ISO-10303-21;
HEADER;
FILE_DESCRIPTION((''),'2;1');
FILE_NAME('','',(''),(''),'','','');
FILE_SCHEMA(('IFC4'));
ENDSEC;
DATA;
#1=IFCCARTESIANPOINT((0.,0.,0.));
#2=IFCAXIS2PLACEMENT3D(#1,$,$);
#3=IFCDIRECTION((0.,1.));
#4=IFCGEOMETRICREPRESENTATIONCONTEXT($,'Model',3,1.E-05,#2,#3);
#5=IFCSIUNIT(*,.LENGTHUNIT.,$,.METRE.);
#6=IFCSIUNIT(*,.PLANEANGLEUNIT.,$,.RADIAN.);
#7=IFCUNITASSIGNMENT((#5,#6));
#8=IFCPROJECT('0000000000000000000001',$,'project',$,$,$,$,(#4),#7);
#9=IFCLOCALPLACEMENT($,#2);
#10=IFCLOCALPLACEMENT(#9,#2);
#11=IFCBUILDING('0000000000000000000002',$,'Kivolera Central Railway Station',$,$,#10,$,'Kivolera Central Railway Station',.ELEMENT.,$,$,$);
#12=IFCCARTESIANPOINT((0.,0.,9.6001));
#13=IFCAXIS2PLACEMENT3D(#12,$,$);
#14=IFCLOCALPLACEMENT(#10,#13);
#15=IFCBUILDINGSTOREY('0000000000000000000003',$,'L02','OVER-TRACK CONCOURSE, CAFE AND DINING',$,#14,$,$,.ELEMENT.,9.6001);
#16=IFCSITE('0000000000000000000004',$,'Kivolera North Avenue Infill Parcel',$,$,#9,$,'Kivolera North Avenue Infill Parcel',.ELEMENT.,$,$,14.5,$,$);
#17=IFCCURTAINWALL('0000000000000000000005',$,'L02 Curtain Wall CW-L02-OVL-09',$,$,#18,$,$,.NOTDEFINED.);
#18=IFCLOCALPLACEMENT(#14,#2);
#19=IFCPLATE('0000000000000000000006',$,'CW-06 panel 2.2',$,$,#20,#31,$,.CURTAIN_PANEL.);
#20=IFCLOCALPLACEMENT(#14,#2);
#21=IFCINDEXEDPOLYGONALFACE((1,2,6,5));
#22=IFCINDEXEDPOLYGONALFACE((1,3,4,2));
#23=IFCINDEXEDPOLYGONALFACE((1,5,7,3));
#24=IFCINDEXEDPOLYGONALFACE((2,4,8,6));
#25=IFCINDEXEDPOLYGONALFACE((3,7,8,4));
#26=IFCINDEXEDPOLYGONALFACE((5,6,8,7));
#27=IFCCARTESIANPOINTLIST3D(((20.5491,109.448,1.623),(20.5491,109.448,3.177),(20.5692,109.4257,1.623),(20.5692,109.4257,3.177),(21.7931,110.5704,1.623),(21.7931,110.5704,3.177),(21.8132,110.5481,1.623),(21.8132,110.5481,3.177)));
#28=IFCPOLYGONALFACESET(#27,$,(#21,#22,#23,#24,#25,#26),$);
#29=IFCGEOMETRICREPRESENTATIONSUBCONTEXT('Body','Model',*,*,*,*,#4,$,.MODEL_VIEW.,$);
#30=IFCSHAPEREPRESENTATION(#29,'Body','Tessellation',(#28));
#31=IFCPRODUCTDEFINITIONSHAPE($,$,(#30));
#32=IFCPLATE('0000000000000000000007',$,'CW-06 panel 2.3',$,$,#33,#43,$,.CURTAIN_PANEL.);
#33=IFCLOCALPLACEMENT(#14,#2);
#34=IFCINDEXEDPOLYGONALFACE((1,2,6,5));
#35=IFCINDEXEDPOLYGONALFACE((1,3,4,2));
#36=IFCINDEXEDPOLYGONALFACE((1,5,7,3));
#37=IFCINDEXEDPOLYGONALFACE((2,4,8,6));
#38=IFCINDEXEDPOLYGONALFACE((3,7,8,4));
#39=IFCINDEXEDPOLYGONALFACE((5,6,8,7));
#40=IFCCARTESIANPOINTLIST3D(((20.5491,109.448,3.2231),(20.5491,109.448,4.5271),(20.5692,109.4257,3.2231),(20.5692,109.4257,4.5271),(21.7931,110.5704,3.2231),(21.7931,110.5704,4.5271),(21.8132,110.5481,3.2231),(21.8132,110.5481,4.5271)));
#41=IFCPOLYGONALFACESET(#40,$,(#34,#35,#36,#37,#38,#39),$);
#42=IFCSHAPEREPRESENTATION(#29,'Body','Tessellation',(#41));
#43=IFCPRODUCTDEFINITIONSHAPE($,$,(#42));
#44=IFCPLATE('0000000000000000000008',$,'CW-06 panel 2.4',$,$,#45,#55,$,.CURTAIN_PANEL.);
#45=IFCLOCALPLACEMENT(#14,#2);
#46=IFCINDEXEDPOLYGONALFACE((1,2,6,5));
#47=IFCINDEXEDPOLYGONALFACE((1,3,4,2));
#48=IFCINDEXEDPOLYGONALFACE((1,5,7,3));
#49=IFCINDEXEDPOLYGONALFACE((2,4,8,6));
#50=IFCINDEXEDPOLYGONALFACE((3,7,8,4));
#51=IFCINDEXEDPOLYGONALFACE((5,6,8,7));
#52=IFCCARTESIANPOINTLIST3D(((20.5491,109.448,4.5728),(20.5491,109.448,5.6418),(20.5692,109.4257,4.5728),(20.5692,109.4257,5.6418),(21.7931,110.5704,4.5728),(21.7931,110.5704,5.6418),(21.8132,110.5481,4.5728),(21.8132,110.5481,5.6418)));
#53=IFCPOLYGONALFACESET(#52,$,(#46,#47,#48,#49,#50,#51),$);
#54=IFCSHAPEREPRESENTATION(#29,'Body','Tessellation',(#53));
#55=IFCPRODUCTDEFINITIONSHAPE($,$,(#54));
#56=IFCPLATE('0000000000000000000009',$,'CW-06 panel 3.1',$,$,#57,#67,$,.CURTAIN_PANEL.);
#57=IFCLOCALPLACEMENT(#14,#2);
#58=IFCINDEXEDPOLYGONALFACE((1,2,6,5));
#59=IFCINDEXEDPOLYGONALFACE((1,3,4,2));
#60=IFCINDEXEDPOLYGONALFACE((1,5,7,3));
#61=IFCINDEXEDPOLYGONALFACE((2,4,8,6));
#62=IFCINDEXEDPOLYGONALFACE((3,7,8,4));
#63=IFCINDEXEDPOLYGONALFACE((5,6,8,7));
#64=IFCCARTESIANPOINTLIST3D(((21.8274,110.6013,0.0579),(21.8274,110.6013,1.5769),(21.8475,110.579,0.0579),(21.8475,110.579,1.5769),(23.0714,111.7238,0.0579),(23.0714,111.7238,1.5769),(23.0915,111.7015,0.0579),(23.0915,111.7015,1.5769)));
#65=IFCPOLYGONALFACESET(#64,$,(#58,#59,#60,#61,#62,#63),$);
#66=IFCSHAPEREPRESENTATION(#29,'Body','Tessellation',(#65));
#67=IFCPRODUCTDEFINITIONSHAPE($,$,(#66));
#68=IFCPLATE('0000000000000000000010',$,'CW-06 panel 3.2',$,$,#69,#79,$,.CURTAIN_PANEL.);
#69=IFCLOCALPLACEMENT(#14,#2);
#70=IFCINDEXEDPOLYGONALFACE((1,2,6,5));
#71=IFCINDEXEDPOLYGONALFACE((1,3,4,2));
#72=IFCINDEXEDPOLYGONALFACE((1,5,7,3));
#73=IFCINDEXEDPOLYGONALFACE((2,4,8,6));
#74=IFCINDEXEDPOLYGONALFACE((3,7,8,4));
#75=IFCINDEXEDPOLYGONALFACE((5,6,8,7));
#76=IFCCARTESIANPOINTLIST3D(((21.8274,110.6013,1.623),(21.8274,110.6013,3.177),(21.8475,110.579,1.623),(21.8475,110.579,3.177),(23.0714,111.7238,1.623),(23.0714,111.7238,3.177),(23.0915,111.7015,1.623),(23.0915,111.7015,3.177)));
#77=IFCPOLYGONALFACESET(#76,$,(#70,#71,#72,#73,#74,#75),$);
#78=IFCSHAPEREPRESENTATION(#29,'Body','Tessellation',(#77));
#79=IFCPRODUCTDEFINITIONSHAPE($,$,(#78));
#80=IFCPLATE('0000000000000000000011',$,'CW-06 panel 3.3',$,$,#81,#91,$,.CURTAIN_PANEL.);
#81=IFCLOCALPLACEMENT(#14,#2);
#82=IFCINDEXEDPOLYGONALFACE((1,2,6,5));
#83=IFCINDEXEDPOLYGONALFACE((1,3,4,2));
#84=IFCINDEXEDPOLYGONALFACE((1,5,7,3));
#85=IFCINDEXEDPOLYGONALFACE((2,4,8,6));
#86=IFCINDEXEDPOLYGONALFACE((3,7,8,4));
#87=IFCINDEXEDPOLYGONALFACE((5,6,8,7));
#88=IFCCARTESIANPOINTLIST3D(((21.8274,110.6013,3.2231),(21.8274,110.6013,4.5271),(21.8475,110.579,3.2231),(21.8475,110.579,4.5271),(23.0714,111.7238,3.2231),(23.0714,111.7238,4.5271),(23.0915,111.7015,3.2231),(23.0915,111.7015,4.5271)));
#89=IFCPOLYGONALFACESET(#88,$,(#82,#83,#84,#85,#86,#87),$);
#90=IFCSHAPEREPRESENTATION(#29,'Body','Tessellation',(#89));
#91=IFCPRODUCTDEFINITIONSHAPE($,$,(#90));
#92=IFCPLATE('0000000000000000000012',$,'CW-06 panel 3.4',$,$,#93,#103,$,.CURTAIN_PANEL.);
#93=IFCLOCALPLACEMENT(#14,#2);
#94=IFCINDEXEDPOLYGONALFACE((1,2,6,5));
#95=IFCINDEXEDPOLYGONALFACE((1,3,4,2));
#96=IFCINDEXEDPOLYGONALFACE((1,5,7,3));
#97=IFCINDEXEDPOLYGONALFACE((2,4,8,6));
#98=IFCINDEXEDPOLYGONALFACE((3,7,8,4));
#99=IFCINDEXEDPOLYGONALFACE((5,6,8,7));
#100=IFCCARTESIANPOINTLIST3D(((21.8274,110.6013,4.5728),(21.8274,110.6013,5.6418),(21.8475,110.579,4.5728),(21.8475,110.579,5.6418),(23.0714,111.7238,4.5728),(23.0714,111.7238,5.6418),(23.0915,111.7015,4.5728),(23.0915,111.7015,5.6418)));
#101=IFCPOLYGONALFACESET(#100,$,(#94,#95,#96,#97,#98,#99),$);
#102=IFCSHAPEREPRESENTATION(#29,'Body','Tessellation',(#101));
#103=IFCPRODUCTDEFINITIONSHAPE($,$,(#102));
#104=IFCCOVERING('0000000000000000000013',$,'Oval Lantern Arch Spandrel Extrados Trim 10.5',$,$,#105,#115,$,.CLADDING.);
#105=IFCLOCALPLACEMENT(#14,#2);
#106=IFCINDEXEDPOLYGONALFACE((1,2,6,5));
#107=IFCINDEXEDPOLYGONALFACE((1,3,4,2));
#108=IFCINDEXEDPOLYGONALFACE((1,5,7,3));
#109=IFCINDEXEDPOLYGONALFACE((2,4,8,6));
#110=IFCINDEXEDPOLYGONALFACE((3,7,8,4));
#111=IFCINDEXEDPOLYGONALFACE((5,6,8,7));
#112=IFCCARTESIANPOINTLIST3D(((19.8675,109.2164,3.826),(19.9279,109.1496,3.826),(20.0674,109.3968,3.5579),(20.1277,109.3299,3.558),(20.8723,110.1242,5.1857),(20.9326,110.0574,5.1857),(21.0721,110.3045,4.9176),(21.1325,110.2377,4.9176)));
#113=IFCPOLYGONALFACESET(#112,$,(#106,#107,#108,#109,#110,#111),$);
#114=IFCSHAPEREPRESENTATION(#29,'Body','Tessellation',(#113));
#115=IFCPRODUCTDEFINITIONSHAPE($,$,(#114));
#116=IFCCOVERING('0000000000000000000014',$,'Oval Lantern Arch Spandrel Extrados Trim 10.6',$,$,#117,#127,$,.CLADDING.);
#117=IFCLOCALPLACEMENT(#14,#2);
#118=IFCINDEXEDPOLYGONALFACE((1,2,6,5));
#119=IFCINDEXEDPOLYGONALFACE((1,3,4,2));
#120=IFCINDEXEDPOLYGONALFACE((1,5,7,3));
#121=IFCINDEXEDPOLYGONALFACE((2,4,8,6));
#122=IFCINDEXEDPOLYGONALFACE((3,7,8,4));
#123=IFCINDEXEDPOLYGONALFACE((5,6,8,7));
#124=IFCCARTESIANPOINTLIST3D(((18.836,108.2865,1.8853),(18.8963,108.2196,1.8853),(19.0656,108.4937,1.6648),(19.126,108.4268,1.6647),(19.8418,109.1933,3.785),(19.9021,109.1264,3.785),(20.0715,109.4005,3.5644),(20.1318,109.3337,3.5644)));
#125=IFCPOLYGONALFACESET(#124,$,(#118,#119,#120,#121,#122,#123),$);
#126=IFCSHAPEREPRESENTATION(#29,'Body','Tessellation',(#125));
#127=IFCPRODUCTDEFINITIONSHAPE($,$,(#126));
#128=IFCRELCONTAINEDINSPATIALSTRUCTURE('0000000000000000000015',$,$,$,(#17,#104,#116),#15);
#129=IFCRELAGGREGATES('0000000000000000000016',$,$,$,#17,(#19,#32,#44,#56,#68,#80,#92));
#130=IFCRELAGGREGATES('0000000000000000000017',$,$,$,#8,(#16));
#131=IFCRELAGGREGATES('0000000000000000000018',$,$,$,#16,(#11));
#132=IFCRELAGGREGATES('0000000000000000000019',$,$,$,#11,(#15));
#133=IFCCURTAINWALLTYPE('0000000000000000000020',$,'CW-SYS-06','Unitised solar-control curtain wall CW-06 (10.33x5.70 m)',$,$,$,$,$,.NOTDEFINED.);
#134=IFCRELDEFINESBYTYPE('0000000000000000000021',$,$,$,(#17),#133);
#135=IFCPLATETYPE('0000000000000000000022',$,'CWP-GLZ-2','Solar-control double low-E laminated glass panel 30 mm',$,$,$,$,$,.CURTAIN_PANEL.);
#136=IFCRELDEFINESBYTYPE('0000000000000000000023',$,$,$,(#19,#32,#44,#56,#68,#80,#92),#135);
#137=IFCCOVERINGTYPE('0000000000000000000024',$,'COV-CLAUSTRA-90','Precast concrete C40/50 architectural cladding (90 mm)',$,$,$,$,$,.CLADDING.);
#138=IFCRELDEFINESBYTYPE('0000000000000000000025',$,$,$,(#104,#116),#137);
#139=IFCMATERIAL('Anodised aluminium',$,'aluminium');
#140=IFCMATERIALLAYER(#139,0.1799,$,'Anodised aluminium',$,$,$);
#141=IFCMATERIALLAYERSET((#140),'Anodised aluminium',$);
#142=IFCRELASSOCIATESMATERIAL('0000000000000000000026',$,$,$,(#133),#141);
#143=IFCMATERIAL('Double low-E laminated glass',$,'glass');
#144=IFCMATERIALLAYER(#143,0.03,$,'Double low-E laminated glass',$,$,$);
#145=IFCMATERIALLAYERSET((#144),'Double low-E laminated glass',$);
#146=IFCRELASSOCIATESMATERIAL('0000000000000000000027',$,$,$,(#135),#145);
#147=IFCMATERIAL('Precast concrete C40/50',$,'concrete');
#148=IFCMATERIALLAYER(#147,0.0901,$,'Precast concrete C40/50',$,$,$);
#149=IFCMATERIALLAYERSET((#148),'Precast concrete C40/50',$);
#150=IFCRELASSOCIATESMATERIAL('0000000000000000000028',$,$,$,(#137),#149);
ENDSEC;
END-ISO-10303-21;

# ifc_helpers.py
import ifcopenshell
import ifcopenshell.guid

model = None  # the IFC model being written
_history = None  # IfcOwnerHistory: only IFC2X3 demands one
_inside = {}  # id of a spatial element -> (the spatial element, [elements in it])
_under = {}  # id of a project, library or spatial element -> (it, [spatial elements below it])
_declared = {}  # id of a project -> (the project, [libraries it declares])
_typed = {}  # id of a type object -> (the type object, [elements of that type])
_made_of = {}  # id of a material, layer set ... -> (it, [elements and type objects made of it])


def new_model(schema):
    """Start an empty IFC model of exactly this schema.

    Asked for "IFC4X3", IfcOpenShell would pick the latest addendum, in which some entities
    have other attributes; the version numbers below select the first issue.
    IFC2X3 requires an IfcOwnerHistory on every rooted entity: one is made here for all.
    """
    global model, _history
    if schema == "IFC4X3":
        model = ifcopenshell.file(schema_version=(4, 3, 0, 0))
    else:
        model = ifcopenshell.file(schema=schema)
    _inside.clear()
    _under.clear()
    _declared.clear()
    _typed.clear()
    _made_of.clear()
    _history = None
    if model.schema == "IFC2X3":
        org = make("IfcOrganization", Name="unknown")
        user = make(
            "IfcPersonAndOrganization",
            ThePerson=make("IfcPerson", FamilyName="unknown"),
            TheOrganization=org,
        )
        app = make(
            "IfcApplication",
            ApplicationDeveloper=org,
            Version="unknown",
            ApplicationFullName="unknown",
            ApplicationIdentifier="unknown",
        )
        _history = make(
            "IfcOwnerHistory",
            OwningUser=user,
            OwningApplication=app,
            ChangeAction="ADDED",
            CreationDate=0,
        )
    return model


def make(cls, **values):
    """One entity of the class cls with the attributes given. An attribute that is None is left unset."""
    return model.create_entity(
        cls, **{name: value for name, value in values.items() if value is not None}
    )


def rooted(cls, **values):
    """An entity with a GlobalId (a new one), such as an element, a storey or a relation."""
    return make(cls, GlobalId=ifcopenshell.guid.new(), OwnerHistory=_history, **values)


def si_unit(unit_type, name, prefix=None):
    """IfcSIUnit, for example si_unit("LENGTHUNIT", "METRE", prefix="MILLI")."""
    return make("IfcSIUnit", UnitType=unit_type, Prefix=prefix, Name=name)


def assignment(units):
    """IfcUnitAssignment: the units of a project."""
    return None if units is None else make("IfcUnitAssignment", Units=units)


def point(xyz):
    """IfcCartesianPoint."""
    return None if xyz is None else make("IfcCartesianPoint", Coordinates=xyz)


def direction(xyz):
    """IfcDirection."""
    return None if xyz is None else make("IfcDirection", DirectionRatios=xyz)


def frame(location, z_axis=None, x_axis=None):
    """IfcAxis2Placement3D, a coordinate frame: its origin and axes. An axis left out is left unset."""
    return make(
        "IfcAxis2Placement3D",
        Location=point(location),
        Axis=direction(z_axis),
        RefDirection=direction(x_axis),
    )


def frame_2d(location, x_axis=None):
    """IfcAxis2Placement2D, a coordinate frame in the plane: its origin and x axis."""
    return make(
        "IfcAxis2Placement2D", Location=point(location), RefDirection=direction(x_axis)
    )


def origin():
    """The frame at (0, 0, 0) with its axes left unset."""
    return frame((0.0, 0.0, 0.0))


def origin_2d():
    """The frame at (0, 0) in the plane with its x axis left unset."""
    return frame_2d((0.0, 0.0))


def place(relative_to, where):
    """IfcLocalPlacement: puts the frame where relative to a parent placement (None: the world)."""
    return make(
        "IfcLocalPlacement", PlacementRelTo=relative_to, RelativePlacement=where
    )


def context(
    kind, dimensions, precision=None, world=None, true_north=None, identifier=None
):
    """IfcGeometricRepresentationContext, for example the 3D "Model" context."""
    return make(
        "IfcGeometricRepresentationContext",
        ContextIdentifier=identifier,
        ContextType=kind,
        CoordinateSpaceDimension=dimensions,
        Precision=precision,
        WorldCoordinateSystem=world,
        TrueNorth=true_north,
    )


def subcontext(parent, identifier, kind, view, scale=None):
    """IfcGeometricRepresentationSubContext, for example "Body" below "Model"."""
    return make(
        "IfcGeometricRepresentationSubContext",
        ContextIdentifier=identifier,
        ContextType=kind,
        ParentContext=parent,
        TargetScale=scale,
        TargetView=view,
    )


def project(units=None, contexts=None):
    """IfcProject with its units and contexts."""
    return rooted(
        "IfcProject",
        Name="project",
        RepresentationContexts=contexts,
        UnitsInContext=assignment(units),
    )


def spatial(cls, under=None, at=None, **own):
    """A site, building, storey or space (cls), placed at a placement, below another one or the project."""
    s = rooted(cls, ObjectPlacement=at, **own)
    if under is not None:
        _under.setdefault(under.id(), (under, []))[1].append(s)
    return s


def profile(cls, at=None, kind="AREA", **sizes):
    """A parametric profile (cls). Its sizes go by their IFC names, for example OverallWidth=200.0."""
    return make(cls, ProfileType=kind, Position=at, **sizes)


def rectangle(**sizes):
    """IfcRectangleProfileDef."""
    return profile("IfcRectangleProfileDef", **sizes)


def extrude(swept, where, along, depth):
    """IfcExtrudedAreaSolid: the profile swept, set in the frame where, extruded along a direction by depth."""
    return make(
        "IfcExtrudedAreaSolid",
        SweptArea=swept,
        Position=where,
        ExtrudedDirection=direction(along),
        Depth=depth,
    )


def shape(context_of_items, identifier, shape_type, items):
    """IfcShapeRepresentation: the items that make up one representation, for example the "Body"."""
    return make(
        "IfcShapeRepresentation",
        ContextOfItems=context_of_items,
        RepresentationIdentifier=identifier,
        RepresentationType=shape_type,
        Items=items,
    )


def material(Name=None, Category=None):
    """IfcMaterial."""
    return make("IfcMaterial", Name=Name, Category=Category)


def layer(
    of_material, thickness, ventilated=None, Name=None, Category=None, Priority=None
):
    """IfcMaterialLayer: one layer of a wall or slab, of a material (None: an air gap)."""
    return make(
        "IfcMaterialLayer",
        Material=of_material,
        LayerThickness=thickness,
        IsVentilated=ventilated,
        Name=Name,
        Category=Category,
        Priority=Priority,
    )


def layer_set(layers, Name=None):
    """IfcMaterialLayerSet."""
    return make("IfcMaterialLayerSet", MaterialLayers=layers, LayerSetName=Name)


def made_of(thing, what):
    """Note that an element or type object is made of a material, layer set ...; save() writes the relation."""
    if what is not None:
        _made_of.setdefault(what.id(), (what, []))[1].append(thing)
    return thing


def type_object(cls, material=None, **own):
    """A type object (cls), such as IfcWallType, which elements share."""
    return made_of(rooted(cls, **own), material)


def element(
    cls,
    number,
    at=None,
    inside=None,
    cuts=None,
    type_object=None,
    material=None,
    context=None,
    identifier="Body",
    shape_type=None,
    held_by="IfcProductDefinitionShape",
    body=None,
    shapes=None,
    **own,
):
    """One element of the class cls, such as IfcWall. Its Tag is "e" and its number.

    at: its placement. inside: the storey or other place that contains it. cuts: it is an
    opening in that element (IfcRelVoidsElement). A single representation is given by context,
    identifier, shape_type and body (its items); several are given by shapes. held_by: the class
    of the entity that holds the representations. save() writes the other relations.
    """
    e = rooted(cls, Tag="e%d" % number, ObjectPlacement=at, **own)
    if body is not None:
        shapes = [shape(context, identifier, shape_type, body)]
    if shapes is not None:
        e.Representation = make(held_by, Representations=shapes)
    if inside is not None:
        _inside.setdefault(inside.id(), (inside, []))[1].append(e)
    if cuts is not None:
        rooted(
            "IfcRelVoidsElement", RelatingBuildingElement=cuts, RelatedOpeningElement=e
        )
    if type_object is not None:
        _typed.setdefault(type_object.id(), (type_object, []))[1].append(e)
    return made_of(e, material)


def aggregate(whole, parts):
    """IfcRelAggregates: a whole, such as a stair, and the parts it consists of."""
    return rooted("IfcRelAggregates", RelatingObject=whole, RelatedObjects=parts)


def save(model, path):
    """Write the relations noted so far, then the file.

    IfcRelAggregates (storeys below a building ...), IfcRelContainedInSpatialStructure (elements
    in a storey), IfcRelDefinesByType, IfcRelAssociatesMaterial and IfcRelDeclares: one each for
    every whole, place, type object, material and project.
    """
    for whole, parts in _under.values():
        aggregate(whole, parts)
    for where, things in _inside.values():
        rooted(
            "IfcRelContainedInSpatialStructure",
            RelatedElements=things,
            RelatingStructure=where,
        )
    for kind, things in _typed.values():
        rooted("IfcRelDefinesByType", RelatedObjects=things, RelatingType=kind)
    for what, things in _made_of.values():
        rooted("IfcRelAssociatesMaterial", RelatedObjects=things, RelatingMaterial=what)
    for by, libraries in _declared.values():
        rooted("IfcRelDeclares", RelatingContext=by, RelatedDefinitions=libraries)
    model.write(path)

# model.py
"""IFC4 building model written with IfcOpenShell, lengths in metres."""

from ifc_helpers import new_model, si_unit, direction, frame, origin, origin_2d, place, context, subcontext, project, spatial, rectangle, extrude, material, layer, layer_set, type_object, element, aggregate, save


model = new_model("IFC4")

# Units and contexts
model_context = context("Model", 3, precision=1e-05, world=origin(), true_north=direction((0.0, 1.0)))
body_context = subcontext(model_context, "Body", "Model", "MODEL_VIEW")
ifc_project = project(units=[si_unit("LENGTHUNIT", "METRE"), si_unit("PLANEANGLEUNIT", "RADIAN")], contexts=[model_context])

# Site, building, storey
site_placement = place(None, origin())
site = spatial("IfcSite", under=ifc_project, at=site_placement, Name="Kivolera North Avenue Infill Parcel", LongName="Kivolera North Avenue Infill Parcel", CompositionType="ELEMENT", RefElevation=14.5)
building_placement = place(site_placement, origin())
building = spatial("IfcBuilding", under=site, at=building_placement, Name="Kivolera Central Railway Station", LongName="Kivolera Central Railway Station", CompositionType="ELEMENT")
storey_placement = place(building_placement, frame((0.0, 0.0, 9.6001)))
storey = spatial("IfcBuildingStorey", under=building, at=storey_placement, Name="L02", Description="OVER-TRACK CONCOURSE, CAFE AND DINING", CompositionType="ELEMENT", Elevation=9.6001)

# Curtain wall, plates
ifc_material_1 = material(Name="Anodised aluminium", Category="aluminium")
ifc_layer_1 = layer(ifc_material_1, 0.1799, Name="Anodised aluminium")
ifc_layer_set_1 = layer_set([ifc_layer_1], Name="Anodised aluminium")
curtain_wall_type = type_object("IfcCurtainWallType", Name="CW-SYS-06", Description="Unitised solar-control curtain wall CW-06 (10.33x5.70 m)", PredefinedType="NOTDEFINED", material=ifc_layer_set_1)
curtain_wall_placement = place(storey_placement, origin())
curtain_wall = element("IfcCurtainWall", 1, at=curtain_wall_placement, inside=storey, type_object=curtain_wall_type, Name="L02 Curtain Wall CW-L02-OVL-09", PredefinedType="NOTDEFINED")
ifc_material_2 = material(Name="Double low-E laminated glass", Category="glass")
ifc_layer_2 = layer(ifc_material_2, 0.03, Name="Double low-E laminated glass")
ifc_layer_set_2 = layer_set([ifc_layer_2], Name="Double low-E laminated glass")
plate_type = type_object("IfcPlateType", Name="CWP-GLZ-2", Description="Solar-control double low-E laminated glass panel 30 mm", PredefinedType="CURTAIN_PANEL", material=ifc_layer_set_2)
plate_1_placement = place(storey_placement, frame((21.1812, 109.998, 1.623), z_axis=(0.0, 0.0, 1.0), x_axis=(0.742432, 0.669922, 0.0)))
plate_1 = element("IfcPlate", 2, at=plate_1_placement, type_object=plate_type, Name="CW-06 panel 2.2", PredefinedType="CURTAIN_PANEL", context=body_context, shape_type="SweptSolid", body=[
    extrude(rectangle(XDim=1.6755, YDim=0.03, at=origin_2d()), origin(), (0.0, 0.0, 1.0), 1.554),
])
plate_2_placement = place(storey_placement, frame((21.1812, 109.998, 3.2231), z_axis=(0.0, 0.0, 1.0), x_axis=(0.742432, 0.669922, 0.0)))
plate_2 = element("IfcPlate", 3, at=plate_2_placement, type_object=plate_type, Name="CW-06 panel 2.3", PredefinedType="CURTAIN_PANEL", context=body_context, shape_type="SweptSolid", body=[
    extrude(rectangle(XDim=1.6755, YDim=0.03, at=origin_2d()), origin(), (0.0, 0.0, 1.0), 1.304),
])
plate_3_placement = place(storey_placement, frame((21.1812, 109.998, 4.5728), z_axis=(0.0, 0.0, 1.0), x_axis=(0.742432, 0.669922, 0.0)))
plate_3 = element("IfcPlate", 4, at=plate_3_placement, type_object=plate_type, Name="CW-06 panel 2.4", PredefinedType="CURTAIN_PANEL", context=body_context, shape_type="SweptSolid", body=[
    extrude(rectangle(XDim=1.6755, YDim=0.03, at=origin_2d()), origin(), (0.0, 0.0, 1.0), 1.0691),
])
plate_4_placement = place(storey_placement, frame((22.4595, 111.1514, 0.0579), z_axis=(0.0, 0.0, 1.0), x_axis=(0.742432, 0.669922, 0.0)))
plate_4 = element("IfcPlate", 5, at=plate_4_placement, type_object=plate_type, Name="CW-06 panel 3.1", PredefinedType="CURTAIN_PANEL", context=body_context, shape_type="SweptSolid", body=[
    extrude(rectangle(XDim=1.6755, YDim=0.03, at=origin_2d()), origin(), (0.0, 0.0, 1.0), 1.519),
])
plate_5_placement = place(storey_placement, frame((22.4595, 111.1514, 1.623), z_axis=(0.0, 0.0, 1.0), x_axis=(0.742432, 0.669922, 0.0)))
plate_5 = element("IfcPlate", 6, at=plate_5_placement, type_object=plate_type, Name="CW-06 panel 3.2", PredefinedType="CURTAIN_PANEL", context=body_context, shape_type="SweptSolid", body=[
    extrude(rectangle(XDim=1.6755, YDim=0.03, at=origin_2d()), origin(), (0.0, 0.0, 1.0), 1.554),
])
plate_6_placement = place(storey_placement, frame((22.4595, 111.1514, 3.2231), z_axis=(0.0, 0.0, 1.0), x_axis=(0.742432, 0.669922, 0.0)))
plate_6 = element("IfcPlate", 7, at=plate_6_placement, type_object=plate_type, Name="CW-06 panel 3.3", PredefinedType="CURTAIN_PANEL", context=body_context, shape_type="SweptSolid", body=[
    extrude(rectangle(XDim=1.6755, YDim=0.03, at=origin_2d()), origin(), (0.0, 0.0, 1.0), 1.304),
])
plate_7_placement = place(storey_placement, frame((22.4595, 111.1514, 4.5728), z_axis=(0.0, 0.0, 1.0), x_axis=(0.742432, 0.669922, 0.0)))
plate_7 = element("IfcPlate", 8, at=plate_7_placement, type_object=plate_type, Name="CW-06 panel 3.4", PredefinedType="CURTAIN_PANEL", context=body_context, shape_type="SweptSolid", body=[
    extrude(rectangle(XDim=1.6755, YDim=0.03, at=origin_2d()), origin(), (0.0, 0.0, 1.0), 1.0691),
])
aggregate(curtain_wall, [plate_1, plate_2, plate_3, plate_4, plate_5, plate_6, plate_7])

# Coverings
ifc_material_3 = material(Name="Precast concrete C40/50", Category="concrete")
ifc_layer_3 = layer(ifc_material_3, 0.0901, Name="Precast concrete C40/50")
ifc_layer_set_3 = layer_set([ifc_layer_3], Name="Precast concrete C40/50")
covering_type = type_object("IfcCoveringType", Name="COV-CLAUSTRA-90", Description="Precast concrete C40/50 architectural cladding (90 mm)", PredefinedType="CLADDING", material=ifc_layer_set_3)
covering_1_placement = place(storey_placement, frame((20.5, 109.7271, 4.3718), z_axis=(-0.523602, -0.473065, -0.708555), x_axis=(-0.669922, 0.742431, 0.0)))
element("IfcCovering", 9, at=covering_1_placement, inside=storey, type_object=covering_type, Name="Oval Lantern Arch Spandrel Extrados Trim 10.5", PredefinedType="CLADDING", context=body_context, shape_type="SweptSolid", body=[
    extrude(rectangle(XDim=0.0901, YDim=0.3799, at=origin_2d()), frame((0.0, 0.0, -0.9595)), (0.0, 0.0, 1.0), 1.9189),
])
covering_2_placement = place(storey_placement, frame((19.4839, 108.8101, 2.7249), z_axis=(-0.431133, -0.388706, -0.814268), x_axis=(-0.669922, 0.742431, 0.0)))
element("IfcCovering", 10, at=covering_2_placement, inside=storey, type_object=covering_type, Name="Oval Lantern Arch Spandrel Extrados Trim 10.6", PredefinedType="CLADDING", context=body_context, shape_type="SweptSolid", body=[
    extrude(rectangle(XDim=0.0901, YDim=0.3799, at=origin_2d()), frame((0.0, 0.0, -1.1665)), (0.0, 0.0, 1.0), 2.333),
])

save(model, "model.ifc")
